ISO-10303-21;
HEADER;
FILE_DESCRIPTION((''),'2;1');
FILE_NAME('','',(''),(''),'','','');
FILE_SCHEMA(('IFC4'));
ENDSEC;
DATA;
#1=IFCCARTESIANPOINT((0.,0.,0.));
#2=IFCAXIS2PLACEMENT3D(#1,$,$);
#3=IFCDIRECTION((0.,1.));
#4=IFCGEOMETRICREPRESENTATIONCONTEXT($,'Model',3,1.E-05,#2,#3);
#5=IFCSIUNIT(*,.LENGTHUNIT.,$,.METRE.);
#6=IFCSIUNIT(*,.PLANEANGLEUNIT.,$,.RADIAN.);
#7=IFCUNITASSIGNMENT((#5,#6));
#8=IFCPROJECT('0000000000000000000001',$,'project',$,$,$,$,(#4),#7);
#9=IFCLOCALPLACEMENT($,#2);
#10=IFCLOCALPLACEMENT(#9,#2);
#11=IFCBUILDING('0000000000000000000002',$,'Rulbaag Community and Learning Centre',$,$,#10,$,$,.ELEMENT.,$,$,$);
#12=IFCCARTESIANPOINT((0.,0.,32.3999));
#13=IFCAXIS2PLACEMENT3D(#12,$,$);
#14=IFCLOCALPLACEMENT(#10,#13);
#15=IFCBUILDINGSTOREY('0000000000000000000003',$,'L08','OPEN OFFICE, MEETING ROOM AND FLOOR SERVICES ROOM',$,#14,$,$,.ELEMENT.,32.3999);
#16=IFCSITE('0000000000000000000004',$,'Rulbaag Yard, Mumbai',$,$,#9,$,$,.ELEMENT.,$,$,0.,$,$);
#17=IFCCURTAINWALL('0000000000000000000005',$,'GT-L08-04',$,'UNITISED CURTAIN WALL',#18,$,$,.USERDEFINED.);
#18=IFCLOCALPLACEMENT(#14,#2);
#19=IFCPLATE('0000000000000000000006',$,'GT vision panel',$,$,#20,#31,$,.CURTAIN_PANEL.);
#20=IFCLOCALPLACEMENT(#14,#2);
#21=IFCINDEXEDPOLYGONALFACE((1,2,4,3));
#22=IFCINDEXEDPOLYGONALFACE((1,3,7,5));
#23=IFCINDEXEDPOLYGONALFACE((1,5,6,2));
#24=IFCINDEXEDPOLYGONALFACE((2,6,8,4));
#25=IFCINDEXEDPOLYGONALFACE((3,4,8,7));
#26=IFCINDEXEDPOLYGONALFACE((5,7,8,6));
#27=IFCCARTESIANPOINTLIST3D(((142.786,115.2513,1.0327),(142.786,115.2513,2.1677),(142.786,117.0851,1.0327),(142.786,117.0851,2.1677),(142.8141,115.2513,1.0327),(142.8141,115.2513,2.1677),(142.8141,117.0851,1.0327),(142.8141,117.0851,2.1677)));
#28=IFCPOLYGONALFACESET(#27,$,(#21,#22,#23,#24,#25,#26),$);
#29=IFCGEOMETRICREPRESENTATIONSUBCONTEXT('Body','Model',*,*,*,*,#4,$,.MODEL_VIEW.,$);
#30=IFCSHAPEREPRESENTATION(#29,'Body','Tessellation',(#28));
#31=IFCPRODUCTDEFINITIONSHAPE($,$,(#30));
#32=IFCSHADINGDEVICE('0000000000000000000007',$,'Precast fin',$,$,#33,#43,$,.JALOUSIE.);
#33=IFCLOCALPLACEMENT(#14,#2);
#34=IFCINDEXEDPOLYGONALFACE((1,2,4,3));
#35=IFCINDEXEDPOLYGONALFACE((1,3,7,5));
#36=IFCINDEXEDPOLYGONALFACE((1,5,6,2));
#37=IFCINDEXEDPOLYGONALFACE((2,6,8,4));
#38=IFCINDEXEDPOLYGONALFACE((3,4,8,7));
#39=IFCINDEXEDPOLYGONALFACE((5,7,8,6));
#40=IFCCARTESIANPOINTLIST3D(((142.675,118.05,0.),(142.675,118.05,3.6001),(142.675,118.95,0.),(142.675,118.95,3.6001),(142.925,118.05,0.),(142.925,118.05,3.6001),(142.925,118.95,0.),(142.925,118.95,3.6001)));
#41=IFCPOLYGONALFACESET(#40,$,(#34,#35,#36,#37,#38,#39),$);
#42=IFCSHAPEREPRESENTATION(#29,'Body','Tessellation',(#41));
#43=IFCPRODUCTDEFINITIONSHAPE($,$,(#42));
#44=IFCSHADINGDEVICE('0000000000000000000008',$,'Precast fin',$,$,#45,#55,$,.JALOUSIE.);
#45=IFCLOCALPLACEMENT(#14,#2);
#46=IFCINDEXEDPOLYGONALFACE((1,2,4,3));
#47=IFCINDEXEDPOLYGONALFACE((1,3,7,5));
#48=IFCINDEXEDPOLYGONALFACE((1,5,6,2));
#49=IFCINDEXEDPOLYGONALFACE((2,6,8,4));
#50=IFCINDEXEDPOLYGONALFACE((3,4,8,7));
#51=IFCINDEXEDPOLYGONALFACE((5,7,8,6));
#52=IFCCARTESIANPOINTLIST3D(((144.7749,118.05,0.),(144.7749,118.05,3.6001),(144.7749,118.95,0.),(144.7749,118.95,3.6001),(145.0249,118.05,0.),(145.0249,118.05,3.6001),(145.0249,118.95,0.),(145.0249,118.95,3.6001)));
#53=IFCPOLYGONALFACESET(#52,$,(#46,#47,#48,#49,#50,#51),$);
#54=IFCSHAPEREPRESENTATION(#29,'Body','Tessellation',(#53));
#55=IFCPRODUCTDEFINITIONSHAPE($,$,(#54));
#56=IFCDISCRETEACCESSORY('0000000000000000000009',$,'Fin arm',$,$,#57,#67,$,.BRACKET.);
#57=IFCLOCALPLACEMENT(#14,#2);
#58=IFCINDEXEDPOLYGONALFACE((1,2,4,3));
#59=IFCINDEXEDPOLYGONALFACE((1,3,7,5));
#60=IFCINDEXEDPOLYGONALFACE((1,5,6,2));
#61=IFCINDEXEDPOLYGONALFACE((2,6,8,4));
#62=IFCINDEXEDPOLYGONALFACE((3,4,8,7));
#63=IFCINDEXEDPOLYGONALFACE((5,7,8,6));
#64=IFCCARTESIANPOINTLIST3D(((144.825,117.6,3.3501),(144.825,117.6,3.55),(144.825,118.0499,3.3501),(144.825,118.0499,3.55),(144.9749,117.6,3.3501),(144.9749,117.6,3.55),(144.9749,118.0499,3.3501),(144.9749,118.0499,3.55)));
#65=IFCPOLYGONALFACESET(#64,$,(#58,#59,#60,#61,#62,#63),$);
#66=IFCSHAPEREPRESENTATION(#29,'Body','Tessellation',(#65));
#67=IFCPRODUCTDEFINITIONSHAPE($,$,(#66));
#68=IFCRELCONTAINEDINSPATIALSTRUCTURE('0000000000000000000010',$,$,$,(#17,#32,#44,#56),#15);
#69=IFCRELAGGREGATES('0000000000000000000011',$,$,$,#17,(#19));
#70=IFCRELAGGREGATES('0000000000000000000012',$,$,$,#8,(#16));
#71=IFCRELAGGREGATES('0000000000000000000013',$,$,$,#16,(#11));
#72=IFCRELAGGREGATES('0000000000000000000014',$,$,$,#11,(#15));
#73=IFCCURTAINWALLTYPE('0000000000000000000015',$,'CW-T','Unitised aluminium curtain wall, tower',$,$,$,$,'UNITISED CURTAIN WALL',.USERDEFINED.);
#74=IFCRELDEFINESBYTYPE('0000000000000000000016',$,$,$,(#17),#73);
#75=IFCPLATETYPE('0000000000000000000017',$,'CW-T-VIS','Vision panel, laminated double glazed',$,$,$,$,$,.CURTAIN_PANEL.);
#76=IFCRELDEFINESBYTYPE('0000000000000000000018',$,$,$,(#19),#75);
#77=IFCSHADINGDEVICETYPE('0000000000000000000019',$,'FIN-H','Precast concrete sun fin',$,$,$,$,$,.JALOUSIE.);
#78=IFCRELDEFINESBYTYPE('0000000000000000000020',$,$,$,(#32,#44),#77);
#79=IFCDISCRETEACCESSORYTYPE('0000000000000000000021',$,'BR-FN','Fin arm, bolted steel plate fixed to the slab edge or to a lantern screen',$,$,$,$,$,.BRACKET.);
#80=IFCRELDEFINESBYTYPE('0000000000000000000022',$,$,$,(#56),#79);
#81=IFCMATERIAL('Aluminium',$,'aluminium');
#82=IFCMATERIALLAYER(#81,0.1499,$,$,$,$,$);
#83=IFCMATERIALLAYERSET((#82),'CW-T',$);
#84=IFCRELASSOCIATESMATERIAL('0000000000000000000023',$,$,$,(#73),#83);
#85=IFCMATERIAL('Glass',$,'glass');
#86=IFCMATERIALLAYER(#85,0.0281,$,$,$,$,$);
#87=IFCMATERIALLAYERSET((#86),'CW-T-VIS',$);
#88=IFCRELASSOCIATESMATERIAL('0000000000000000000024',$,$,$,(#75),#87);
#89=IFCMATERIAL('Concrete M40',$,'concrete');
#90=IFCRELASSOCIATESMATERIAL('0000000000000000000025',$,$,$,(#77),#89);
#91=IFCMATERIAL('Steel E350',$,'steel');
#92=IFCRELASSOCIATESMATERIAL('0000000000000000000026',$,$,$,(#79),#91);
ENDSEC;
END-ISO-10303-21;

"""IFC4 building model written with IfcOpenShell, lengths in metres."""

from ifc_helpers import new_model, si_unit, direction, frame, origin, origin_2d, place, context, subcontext, project, spatial, rectangle, extrude, material, layer, layer_set, material_profile, profile_set, type_object, element, aggregate, save


model = new_model("IFC4")

# Units and contexts
model_context = context("Model", 3, precision=1e-05, world=origin(), true_north=direction((0.0, 1.0)))
body_context = subcontext(model_context, "Body", "Model", "MODEL_VIEW")
ifc_project = project(units=[si_unit("LENGTHUNIT", "METRE"), si_unit("PLANEANGLEUNIT", "RADIAN")], contexts=[model_context])

# Site, building, storey
site_placement = place(None, origin())
site = spatial("IfcSite", under=ifc_project, at=site_placement, Name="Rulbaag Yard, Mumbai", CompositionType="ELEMENT", RefElevation=0.0)
building_placement = place(site_placement, origin())
building = spatial("IfcBuilding", under=site, at=building_placement, Name="Rulbaag Community and Learning Centre", CompositionType="ELEMENT")
storey_placement = place(building_placement, frame((0.0, 0.0, 32.3999)))
storey = spatial("IfcBuildingStorey", under=building, at=storey_placement, Name="L08", Description="OPEN OFFICE, MEETING ROOM AND FLOOR SERVICES ROOM", CompositionType="ELEMENT", Elevation=32.3999)

# Shared definitions
ifc_material_1 = material(Name="Concrete M40", Category="concrete")

# Curtain wall
ifc_material_2 = material(Name="Aluminium", Category="aluminium")
ifc_layer_1 = layer(ifc_material_2, 0.1499)
ifc_layer_set_1 = layer_set([ifc_layer_1], Name="CW-T")
curtain_wall_type = type_object("IfcCurtainWallType", Name="CW-T", Description="Unitised aluminium curtain wall, tower", ElementType="UNITISED CURTAIN WALL", PredefinedType="USERDEFINED", material=ifc_layer_set_1)
curtain_wall_1_placement = place(storey_placement, origin())
curtain_wall_1 = element("IfcCurtainWall", 1, at=curtain_wall_1_placement, inside=storey, type_object=curtain_wall_type, Name="GT-L08-04", ObjectType="UNITISED CURTAIN WALL", PredefinedType="USERDEFINED")

# Plate
ifc_material_3 = material(Name="Glass", Category="glass")
ifc_layer_2 = layer(ifc_material_3, 0.0281)
ifc_layer_set_2 = layer_set([ifc_layer_2], Name="CW-T-VIS")
plate_type_1 = type_object("IfcPlateType", Name="CW-T-VIS", Description="Vision panel, laminated double glazed", PredefinedType="CURTAIN_PANEL", material=ifc_layer_set_2)
plate_1_placement = place(storey_placement, frame((142.8, 116.1682, 1.0327), z_axis=(0.0, 0.0, 1.0), x_axis=(0.0, 1.0, 0.0)))
plate_1 = element("IfcPlate", 2, at=plate_1_placement, type_object=plate_type_1, Name="GT vision panel", PredefinedType="CURTAIN_PANEL", context=body_context, shape_type="SweptSolid", body=[
    extrude(rectangle(XDim=1.8337, YDim=0.0281, at=origin_2d()), origin(), (0.0, 0.0, 1.0), 1.135),
])
aggregate(curtain_wall_1, [plate_1])

# Shading devices
ifc_material_profile_1 = material_profile(ifc_material_1, rectangle(XDim=0.25, YDim=0.8999, at=origin_2d()), Name="PC 250x900")
ifc_profile_set_1 = profile_set([ifc_material_profile_1], Name="Concrete M40")
shading_device_type = type_object("IfcShadingDeviceType", Name="FIN-H", Description="Precast concrete sun fin", PredefinedType="JALOUSIE", material=ifc_profile_set_1)
for number, where, z_axis, x_axis, name in (
    (3, (142.8, 118.5, 0.0), (0.0, 0.0, 1.0), (1.0, 0.0, 0.0), "Precast fin"),
    (4, (144.8999, 118.5, 0.0), (0.0, 0.0, 1.0), (1.0, 0.0, 0.0), "Precast fin"),
):
    element("IfcShadingDevice", number, at=place(storey_placement, frame(where, z_axis=z_axis, x_axis=x_axis)), inside=storey, type_object=shading_device_type, Name=name, PredefinedType="JALOUSIE", context=body_context, shape_type="SweptSolid", body=[
        extrude(rectangle(XDim=0.25, YDim=0.8999, at=origin_2d()), origin(), (0.0, 0.0, 1.0), 3.6001),
    ])

# Discrete accessory
ifc_material_4 = material(Name="Steel E350", Category="steel")
discrete_accessory_type = type_object("IfcDiscreteAccessoryType", Name="BR-FN", Description="Fin arm, bolted steel plate fixed to the slab edge or to a lantern screen", PredefinedType="BRACKET", material=ifc_material_4)
discrete_accessory_placement = place(storey_placement, frame((144.8999, 117.825, 3.3501), z_axis=(0.0, 0.0, 1.0), x_axis=(1.0, 0.0, 0.0)))
element("IfcDiscreteAccessory", 5, at=discrete_accessory_placement, inside=storey, type_object=discrete_accessory_type, Name="Fin arm", PredefinedType="BRACKET", context=body_context, shape_type="SweptSolid", body=[
    extrude(rectangle(XDim=0.1499, YDim=0.45, at=origin_2d()), origin(), (0.0, 0.0, 1.0), 0.2),
])

save(model, "model.ifc")
